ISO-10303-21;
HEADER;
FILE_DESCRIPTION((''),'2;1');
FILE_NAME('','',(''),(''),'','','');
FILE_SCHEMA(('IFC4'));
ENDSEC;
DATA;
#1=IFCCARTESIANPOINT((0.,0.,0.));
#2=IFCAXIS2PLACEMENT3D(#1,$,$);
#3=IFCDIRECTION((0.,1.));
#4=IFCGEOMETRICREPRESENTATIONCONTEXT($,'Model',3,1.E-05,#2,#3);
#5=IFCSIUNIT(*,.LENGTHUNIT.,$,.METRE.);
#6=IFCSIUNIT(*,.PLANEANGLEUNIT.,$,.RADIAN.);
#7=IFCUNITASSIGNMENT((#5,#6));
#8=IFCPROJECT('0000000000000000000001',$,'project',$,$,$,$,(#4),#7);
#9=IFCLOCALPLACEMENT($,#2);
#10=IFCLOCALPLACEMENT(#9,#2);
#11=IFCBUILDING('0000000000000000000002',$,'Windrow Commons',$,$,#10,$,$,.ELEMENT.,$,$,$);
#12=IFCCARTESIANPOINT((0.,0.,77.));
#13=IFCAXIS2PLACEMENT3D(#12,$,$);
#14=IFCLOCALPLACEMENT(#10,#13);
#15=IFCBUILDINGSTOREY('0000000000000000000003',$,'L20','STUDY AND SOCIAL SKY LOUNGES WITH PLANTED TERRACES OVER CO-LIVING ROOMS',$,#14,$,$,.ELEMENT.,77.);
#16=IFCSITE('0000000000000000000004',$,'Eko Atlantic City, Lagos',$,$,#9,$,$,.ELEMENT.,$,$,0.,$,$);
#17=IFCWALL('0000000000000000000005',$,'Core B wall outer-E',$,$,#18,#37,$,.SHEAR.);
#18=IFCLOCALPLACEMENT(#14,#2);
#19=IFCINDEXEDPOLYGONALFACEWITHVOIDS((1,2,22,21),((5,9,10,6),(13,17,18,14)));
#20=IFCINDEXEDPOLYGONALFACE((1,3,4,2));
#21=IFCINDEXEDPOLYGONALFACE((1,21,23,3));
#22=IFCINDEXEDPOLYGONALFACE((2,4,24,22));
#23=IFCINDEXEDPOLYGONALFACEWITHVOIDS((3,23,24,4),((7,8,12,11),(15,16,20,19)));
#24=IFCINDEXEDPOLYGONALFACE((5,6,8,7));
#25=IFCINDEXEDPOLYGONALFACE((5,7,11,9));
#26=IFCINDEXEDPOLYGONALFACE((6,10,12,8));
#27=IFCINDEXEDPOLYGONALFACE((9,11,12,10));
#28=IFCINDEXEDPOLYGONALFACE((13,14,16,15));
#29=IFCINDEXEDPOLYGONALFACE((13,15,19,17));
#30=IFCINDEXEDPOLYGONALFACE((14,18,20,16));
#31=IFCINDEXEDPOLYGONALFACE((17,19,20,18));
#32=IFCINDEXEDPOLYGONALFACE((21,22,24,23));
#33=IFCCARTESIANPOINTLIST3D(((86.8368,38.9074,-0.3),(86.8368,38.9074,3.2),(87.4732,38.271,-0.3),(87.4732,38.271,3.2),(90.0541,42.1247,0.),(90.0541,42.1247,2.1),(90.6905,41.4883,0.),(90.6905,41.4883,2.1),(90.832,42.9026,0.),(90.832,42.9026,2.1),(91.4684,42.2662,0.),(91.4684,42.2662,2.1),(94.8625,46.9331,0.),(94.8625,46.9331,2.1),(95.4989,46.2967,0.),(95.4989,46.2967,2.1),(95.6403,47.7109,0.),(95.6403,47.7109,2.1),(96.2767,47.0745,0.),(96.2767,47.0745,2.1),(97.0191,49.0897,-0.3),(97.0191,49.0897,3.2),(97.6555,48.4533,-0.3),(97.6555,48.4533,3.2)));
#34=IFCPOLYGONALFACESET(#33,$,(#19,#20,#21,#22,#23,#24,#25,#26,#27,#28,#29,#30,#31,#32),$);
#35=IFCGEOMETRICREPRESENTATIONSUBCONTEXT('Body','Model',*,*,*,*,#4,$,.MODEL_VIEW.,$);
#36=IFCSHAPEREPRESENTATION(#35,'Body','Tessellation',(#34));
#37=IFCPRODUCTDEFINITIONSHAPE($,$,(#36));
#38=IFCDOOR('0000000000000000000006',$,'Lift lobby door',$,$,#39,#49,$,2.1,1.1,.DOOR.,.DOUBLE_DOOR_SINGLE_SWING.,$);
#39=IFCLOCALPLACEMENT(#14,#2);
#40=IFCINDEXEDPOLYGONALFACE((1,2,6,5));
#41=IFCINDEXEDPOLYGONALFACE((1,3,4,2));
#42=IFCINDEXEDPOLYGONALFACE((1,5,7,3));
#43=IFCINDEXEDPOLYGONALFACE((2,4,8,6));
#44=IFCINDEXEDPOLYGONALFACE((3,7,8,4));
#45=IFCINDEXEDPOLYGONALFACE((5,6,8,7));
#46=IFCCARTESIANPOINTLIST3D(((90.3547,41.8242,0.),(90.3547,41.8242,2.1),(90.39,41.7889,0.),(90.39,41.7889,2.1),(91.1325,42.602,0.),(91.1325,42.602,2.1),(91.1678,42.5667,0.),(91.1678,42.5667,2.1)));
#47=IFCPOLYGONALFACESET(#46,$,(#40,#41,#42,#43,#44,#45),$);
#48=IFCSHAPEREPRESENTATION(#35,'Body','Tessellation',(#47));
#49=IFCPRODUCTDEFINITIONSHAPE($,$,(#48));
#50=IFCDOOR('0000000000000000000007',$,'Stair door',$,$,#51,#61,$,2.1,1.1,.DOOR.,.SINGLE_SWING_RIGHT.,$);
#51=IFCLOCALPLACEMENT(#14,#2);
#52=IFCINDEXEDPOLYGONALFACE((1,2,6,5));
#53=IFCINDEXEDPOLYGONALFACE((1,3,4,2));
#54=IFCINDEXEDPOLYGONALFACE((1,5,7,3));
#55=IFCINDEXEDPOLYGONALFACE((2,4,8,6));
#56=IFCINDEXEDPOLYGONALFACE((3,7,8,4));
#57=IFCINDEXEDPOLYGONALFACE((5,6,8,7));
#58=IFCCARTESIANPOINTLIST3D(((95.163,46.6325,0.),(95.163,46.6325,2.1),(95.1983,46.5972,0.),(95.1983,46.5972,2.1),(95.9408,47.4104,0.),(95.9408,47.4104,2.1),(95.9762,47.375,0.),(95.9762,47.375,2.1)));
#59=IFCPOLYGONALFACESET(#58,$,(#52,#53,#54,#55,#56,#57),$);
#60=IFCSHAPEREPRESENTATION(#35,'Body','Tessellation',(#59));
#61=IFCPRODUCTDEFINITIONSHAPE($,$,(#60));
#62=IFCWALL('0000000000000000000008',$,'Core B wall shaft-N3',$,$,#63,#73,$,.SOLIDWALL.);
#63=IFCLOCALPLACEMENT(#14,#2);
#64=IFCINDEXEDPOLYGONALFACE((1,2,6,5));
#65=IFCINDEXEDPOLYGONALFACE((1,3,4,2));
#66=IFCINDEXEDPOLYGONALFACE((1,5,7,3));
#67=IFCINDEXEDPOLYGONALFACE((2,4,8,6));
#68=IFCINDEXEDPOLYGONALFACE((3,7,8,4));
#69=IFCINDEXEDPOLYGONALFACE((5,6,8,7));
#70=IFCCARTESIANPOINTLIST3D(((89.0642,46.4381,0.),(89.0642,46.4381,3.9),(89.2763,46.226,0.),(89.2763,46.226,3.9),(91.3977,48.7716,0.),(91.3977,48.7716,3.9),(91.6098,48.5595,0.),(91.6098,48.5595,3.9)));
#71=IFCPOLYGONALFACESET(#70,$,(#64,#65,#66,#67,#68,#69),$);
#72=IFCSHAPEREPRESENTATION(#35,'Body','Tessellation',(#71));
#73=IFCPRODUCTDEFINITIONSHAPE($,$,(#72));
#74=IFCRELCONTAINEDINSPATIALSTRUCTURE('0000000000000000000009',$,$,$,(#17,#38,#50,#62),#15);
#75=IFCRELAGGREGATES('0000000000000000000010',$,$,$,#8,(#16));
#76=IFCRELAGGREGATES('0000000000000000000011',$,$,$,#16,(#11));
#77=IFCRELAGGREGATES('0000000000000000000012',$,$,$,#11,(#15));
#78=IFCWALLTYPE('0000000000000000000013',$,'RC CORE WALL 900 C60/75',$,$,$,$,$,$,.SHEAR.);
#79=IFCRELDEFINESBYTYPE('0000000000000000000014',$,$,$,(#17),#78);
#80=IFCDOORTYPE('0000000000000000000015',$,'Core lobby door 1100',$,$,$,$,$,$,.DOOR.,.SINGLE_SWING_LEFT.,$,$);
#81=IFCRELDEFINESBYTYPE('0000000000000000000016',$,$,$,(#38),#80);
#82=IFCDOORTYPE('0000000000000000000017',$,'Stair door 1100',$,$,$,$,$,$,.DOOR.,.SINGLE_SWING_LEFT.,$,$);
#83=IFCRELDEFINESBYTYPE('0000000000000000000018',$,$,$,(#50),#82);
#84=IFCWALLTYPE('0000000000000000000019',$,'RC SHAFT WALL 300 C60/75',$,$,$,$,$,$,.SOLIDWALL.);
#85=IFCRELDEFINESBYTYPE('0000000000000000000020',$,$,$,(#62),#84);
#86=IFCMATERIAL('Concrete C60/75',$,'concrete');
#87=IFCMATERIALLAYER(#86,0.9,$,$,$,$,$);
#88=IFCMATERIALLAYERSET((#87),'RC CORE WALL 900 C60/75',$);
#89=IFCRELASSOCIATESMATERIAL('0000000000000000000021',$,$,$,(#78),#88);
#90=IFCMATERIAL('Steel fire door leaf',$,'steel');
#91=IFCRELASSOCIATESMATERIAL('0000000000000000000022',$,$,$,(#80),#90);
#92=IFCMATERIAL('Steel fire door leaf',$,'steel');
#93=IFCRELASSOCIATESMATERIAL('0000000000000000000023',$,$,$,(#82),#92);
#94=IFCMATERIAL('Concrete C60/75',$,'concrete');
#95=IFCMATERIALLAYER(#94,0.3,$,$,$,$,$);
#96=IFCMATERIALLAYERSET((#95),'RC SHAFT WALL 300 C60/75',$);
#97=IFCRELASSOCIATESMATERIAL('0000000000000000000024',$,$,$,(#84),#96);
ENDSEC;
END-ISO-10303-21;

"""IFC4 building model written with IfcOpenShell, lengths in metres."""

from ifc_helpers import new_model, si_unit, direction, frame, frame_2d, origin, place, context, subcontext, project, spatial, rectangle, extrude, material, layer, layer_set, type_object, element, fill, save


model = new_model("IFC4")

# Units and contexts
model_context = context("Model", 3, precision=1e-05, world=origin(), true_north=direction((0.0, 1.0)))
body_context = subcontext(model_context, "Body", "Model", "MODEL_VIEW")
ifc_project = project(units=[si_unit("LENGTHUNIT", "METRE"), si_unit("PLANEANGLEUNIT", "RADIAN")], contexts=[model_context])

# Site, building, storey
site_placement = place(None, origin())
site = spatial("IfcSite", under=ifc_project, at=site_placement, Name="Eko Atlantic City, Lagos", CompositionType="ELEMENT", RefElevation=0.0)
building_placement = place(site_placement, origin())
building = spatial("IfcBuilding", under=site, at=building_placement, Name="Windrow Commons", CompositionType="ELEMENT")
storey_placement = place(building_placement, frame((0.0, 0.0, 77.0)))
storey = spatial("IfcBuildingStorey", under=building, at=storey_placement, Name="L20", Description="STUDY AND SOCIAL SKY LOUNGES WITH PLANTED TERRACES OVER CO-LIVING ROOMS", CompositionType="ELEMENT", Elevation=77.0)

# Wall, openings, doors
ifc_material_1 = material(Name="Concrete C60/75", Category="concrete")
ifc_layer_1 = layer(ifc_material_1, 0.9)
ifc_layer_set_1 = layer_set([ifc_layer_1], Name="RC CORE WALL 900 C60/75")
wall_type_1 = type_object("IfcWallType", Name="RC CORE WALL 900 C60/75", PredefinedType="SHEAR", material=ifc_layer_set_1)
wall_1_placement = place(storey_placement, frame((87.155, 38.5892, -0.3), z_axis=(0.0, 0.0, 1.0), x_axis=(0.707107, 0.707107, 0.0)))
wall_1 = element("IfcWall", 1, at=wall_1_placement, inside=storey, type_object=wall_type_1, Name="Core B wall outer-E", PredefinedType="SHEAR", context=body_context, shape_type="SweptSolid", body=[
    extrude(rectangle(XDim=14.3999, YDim=0.9, at=frame_2d((7.2, 0.0))), origin(), (0.0, 0.0, 1.0), 3.5),
])
opening_1_placement = place(wall_1_placement, frame((4.55, 0.0, 0.3)))
opening_1 = element("IfcOpeningElement", 2, at=opening_1_placement, cuts=wall_1, PredefinedType="OPENING", context=body_context, shape_type="SweptSolid", body=[
    extrude(rectangle(XDim=1.1, YDim=2.1, at=frame_2d((0.55, 1.05))), frame((0.0, 0.46, 0.0), z_axis=(0.0, -1.0, 0.0), x_axis=(1.0, 0.0, 0.0)), (0.0, 0.0, 1.0), 0.92),
])
opening_2_placement = place(wall_1_placement, frame((11.35, 0.0, 0.3)))
opening_2 = element("IfcOpeningElement", 3, at=opening_2_placement, cuts=wall_1, PredefinedType="OPENING", context=body_context, shape_type="SweptSolid", body=[
    extrude(rectangle(XDim=1.1, YDim=2.1, at=frame_2d((0.55, 1.05))), frame((0.0, 0.46, 0.0), z_axis=(0.0, -1.0, 0.0), x_axis=(1.0, 0.0, 0.0)), (0.0, 0.0, 1.0), 0.92),
])
ifc_material_2 = material(Name="Steel fire door leaf", Category="steel")
door_type_1 = type_object("IfcDoorType", Name="Core lobby door 1100", OperationType="SINGLE_SWING_LEFT", PredefinedType="DOOR", material=ifc_material_2)
door_1_placement = place(opening_1_placement, origin())
door_1 = element("IfcDoor", 4, at=door_1_placement, inside=storey, type_object=door_type_1, Name="Lift lobby door", OperationType="DOUBLE_DOOR_SINGLE_SWING", OverallHeight=2.1, OverallWidth=1.1, PredefinedType="DOOR", context=body_context, shape_type="SweptSolid", body=[
    extrude(rectangle(XDim=1.1, YDim=2.1, at=frame_2d((0.55, 1.05))), frame((0.0, 0.025, 0.0), z_axis=(0.0, -1.0, 0.0), x_axis=(1.0, 0.0, 0.0)), (0.0, 0.0, 1.0), 0.05),
])
fill(opening_1, door_1)
ifc_material_3 = material(Name="Steel fire door leaf", Category="steel")
door_type_2 = type_object("IfcDoorType", Name="Stair door 1100", OperationType="SINGLE_SWING_LEFT", PredefinedType="DOOR", material=ifc_material_3)
door_2_placement = place(opening_2_placement, origin())
door_2 = element("IfcDoor", 5, at=door_2_placement, inside=storey, type_object=door_type_2, Name="Stair door", OperationType="SINGLE_SWING_RIGHT", OverallHeight=2.1, OverallWidth=1.1, PredefinedType="DOOR", context=body_context, shape_type="SweptSolid", body=[
    extrude(rectangle(XDim=1.1, YDim=2.1, at=frame_2d((0.55, 1.05))), frame((0.0, 0.025, 0.0), z_axis=(0.0, -1.0, 0.0), x_axis=(1.0, 0.0, 0.0)), (0.0, 0.0, 1.0), 0.05),
])
fill(opening_2, door_2)

# Wall
ifc_material_4 = material(Name="Concrete C60/75", Category="concrete")
ifc_layer_2 = layer(ifc_material_4, 0.3)
ifc_layer_set_2 = layer_set([ifc_layer_2], Name="RC SHAFT WALL 300 C60/75")
wall_type_2 = type_object("IfcWallType", Name="RC SHAFT WALL 300 C60/75", PredefinedType="SOLIDWALL", material=ifc_layer_set_2)
wall_2_placement = place(storey_placement, frame((89.1702, 46.332, 0.0), z_axis=(0.0, 0.0, 1.0), x_axis=(0.707107, 0.707107, 0.0)))
element("IfcWall", 6, at=wall_2_placement, inside=storey, type_object=wall_type_2, Name="Core B wall shaft-N3", PredefinedType="SOLIDWALL", context=body_context, shape_type="SweptSolid", body=[
    extrude(rectangle(XDim=3.3001, YDim=0.3, at=frame_2d((1.6501, 0.0))), origin(), (0.0, 0.0, 1.0), 3.9),
])

save(model, "model.ifc")
